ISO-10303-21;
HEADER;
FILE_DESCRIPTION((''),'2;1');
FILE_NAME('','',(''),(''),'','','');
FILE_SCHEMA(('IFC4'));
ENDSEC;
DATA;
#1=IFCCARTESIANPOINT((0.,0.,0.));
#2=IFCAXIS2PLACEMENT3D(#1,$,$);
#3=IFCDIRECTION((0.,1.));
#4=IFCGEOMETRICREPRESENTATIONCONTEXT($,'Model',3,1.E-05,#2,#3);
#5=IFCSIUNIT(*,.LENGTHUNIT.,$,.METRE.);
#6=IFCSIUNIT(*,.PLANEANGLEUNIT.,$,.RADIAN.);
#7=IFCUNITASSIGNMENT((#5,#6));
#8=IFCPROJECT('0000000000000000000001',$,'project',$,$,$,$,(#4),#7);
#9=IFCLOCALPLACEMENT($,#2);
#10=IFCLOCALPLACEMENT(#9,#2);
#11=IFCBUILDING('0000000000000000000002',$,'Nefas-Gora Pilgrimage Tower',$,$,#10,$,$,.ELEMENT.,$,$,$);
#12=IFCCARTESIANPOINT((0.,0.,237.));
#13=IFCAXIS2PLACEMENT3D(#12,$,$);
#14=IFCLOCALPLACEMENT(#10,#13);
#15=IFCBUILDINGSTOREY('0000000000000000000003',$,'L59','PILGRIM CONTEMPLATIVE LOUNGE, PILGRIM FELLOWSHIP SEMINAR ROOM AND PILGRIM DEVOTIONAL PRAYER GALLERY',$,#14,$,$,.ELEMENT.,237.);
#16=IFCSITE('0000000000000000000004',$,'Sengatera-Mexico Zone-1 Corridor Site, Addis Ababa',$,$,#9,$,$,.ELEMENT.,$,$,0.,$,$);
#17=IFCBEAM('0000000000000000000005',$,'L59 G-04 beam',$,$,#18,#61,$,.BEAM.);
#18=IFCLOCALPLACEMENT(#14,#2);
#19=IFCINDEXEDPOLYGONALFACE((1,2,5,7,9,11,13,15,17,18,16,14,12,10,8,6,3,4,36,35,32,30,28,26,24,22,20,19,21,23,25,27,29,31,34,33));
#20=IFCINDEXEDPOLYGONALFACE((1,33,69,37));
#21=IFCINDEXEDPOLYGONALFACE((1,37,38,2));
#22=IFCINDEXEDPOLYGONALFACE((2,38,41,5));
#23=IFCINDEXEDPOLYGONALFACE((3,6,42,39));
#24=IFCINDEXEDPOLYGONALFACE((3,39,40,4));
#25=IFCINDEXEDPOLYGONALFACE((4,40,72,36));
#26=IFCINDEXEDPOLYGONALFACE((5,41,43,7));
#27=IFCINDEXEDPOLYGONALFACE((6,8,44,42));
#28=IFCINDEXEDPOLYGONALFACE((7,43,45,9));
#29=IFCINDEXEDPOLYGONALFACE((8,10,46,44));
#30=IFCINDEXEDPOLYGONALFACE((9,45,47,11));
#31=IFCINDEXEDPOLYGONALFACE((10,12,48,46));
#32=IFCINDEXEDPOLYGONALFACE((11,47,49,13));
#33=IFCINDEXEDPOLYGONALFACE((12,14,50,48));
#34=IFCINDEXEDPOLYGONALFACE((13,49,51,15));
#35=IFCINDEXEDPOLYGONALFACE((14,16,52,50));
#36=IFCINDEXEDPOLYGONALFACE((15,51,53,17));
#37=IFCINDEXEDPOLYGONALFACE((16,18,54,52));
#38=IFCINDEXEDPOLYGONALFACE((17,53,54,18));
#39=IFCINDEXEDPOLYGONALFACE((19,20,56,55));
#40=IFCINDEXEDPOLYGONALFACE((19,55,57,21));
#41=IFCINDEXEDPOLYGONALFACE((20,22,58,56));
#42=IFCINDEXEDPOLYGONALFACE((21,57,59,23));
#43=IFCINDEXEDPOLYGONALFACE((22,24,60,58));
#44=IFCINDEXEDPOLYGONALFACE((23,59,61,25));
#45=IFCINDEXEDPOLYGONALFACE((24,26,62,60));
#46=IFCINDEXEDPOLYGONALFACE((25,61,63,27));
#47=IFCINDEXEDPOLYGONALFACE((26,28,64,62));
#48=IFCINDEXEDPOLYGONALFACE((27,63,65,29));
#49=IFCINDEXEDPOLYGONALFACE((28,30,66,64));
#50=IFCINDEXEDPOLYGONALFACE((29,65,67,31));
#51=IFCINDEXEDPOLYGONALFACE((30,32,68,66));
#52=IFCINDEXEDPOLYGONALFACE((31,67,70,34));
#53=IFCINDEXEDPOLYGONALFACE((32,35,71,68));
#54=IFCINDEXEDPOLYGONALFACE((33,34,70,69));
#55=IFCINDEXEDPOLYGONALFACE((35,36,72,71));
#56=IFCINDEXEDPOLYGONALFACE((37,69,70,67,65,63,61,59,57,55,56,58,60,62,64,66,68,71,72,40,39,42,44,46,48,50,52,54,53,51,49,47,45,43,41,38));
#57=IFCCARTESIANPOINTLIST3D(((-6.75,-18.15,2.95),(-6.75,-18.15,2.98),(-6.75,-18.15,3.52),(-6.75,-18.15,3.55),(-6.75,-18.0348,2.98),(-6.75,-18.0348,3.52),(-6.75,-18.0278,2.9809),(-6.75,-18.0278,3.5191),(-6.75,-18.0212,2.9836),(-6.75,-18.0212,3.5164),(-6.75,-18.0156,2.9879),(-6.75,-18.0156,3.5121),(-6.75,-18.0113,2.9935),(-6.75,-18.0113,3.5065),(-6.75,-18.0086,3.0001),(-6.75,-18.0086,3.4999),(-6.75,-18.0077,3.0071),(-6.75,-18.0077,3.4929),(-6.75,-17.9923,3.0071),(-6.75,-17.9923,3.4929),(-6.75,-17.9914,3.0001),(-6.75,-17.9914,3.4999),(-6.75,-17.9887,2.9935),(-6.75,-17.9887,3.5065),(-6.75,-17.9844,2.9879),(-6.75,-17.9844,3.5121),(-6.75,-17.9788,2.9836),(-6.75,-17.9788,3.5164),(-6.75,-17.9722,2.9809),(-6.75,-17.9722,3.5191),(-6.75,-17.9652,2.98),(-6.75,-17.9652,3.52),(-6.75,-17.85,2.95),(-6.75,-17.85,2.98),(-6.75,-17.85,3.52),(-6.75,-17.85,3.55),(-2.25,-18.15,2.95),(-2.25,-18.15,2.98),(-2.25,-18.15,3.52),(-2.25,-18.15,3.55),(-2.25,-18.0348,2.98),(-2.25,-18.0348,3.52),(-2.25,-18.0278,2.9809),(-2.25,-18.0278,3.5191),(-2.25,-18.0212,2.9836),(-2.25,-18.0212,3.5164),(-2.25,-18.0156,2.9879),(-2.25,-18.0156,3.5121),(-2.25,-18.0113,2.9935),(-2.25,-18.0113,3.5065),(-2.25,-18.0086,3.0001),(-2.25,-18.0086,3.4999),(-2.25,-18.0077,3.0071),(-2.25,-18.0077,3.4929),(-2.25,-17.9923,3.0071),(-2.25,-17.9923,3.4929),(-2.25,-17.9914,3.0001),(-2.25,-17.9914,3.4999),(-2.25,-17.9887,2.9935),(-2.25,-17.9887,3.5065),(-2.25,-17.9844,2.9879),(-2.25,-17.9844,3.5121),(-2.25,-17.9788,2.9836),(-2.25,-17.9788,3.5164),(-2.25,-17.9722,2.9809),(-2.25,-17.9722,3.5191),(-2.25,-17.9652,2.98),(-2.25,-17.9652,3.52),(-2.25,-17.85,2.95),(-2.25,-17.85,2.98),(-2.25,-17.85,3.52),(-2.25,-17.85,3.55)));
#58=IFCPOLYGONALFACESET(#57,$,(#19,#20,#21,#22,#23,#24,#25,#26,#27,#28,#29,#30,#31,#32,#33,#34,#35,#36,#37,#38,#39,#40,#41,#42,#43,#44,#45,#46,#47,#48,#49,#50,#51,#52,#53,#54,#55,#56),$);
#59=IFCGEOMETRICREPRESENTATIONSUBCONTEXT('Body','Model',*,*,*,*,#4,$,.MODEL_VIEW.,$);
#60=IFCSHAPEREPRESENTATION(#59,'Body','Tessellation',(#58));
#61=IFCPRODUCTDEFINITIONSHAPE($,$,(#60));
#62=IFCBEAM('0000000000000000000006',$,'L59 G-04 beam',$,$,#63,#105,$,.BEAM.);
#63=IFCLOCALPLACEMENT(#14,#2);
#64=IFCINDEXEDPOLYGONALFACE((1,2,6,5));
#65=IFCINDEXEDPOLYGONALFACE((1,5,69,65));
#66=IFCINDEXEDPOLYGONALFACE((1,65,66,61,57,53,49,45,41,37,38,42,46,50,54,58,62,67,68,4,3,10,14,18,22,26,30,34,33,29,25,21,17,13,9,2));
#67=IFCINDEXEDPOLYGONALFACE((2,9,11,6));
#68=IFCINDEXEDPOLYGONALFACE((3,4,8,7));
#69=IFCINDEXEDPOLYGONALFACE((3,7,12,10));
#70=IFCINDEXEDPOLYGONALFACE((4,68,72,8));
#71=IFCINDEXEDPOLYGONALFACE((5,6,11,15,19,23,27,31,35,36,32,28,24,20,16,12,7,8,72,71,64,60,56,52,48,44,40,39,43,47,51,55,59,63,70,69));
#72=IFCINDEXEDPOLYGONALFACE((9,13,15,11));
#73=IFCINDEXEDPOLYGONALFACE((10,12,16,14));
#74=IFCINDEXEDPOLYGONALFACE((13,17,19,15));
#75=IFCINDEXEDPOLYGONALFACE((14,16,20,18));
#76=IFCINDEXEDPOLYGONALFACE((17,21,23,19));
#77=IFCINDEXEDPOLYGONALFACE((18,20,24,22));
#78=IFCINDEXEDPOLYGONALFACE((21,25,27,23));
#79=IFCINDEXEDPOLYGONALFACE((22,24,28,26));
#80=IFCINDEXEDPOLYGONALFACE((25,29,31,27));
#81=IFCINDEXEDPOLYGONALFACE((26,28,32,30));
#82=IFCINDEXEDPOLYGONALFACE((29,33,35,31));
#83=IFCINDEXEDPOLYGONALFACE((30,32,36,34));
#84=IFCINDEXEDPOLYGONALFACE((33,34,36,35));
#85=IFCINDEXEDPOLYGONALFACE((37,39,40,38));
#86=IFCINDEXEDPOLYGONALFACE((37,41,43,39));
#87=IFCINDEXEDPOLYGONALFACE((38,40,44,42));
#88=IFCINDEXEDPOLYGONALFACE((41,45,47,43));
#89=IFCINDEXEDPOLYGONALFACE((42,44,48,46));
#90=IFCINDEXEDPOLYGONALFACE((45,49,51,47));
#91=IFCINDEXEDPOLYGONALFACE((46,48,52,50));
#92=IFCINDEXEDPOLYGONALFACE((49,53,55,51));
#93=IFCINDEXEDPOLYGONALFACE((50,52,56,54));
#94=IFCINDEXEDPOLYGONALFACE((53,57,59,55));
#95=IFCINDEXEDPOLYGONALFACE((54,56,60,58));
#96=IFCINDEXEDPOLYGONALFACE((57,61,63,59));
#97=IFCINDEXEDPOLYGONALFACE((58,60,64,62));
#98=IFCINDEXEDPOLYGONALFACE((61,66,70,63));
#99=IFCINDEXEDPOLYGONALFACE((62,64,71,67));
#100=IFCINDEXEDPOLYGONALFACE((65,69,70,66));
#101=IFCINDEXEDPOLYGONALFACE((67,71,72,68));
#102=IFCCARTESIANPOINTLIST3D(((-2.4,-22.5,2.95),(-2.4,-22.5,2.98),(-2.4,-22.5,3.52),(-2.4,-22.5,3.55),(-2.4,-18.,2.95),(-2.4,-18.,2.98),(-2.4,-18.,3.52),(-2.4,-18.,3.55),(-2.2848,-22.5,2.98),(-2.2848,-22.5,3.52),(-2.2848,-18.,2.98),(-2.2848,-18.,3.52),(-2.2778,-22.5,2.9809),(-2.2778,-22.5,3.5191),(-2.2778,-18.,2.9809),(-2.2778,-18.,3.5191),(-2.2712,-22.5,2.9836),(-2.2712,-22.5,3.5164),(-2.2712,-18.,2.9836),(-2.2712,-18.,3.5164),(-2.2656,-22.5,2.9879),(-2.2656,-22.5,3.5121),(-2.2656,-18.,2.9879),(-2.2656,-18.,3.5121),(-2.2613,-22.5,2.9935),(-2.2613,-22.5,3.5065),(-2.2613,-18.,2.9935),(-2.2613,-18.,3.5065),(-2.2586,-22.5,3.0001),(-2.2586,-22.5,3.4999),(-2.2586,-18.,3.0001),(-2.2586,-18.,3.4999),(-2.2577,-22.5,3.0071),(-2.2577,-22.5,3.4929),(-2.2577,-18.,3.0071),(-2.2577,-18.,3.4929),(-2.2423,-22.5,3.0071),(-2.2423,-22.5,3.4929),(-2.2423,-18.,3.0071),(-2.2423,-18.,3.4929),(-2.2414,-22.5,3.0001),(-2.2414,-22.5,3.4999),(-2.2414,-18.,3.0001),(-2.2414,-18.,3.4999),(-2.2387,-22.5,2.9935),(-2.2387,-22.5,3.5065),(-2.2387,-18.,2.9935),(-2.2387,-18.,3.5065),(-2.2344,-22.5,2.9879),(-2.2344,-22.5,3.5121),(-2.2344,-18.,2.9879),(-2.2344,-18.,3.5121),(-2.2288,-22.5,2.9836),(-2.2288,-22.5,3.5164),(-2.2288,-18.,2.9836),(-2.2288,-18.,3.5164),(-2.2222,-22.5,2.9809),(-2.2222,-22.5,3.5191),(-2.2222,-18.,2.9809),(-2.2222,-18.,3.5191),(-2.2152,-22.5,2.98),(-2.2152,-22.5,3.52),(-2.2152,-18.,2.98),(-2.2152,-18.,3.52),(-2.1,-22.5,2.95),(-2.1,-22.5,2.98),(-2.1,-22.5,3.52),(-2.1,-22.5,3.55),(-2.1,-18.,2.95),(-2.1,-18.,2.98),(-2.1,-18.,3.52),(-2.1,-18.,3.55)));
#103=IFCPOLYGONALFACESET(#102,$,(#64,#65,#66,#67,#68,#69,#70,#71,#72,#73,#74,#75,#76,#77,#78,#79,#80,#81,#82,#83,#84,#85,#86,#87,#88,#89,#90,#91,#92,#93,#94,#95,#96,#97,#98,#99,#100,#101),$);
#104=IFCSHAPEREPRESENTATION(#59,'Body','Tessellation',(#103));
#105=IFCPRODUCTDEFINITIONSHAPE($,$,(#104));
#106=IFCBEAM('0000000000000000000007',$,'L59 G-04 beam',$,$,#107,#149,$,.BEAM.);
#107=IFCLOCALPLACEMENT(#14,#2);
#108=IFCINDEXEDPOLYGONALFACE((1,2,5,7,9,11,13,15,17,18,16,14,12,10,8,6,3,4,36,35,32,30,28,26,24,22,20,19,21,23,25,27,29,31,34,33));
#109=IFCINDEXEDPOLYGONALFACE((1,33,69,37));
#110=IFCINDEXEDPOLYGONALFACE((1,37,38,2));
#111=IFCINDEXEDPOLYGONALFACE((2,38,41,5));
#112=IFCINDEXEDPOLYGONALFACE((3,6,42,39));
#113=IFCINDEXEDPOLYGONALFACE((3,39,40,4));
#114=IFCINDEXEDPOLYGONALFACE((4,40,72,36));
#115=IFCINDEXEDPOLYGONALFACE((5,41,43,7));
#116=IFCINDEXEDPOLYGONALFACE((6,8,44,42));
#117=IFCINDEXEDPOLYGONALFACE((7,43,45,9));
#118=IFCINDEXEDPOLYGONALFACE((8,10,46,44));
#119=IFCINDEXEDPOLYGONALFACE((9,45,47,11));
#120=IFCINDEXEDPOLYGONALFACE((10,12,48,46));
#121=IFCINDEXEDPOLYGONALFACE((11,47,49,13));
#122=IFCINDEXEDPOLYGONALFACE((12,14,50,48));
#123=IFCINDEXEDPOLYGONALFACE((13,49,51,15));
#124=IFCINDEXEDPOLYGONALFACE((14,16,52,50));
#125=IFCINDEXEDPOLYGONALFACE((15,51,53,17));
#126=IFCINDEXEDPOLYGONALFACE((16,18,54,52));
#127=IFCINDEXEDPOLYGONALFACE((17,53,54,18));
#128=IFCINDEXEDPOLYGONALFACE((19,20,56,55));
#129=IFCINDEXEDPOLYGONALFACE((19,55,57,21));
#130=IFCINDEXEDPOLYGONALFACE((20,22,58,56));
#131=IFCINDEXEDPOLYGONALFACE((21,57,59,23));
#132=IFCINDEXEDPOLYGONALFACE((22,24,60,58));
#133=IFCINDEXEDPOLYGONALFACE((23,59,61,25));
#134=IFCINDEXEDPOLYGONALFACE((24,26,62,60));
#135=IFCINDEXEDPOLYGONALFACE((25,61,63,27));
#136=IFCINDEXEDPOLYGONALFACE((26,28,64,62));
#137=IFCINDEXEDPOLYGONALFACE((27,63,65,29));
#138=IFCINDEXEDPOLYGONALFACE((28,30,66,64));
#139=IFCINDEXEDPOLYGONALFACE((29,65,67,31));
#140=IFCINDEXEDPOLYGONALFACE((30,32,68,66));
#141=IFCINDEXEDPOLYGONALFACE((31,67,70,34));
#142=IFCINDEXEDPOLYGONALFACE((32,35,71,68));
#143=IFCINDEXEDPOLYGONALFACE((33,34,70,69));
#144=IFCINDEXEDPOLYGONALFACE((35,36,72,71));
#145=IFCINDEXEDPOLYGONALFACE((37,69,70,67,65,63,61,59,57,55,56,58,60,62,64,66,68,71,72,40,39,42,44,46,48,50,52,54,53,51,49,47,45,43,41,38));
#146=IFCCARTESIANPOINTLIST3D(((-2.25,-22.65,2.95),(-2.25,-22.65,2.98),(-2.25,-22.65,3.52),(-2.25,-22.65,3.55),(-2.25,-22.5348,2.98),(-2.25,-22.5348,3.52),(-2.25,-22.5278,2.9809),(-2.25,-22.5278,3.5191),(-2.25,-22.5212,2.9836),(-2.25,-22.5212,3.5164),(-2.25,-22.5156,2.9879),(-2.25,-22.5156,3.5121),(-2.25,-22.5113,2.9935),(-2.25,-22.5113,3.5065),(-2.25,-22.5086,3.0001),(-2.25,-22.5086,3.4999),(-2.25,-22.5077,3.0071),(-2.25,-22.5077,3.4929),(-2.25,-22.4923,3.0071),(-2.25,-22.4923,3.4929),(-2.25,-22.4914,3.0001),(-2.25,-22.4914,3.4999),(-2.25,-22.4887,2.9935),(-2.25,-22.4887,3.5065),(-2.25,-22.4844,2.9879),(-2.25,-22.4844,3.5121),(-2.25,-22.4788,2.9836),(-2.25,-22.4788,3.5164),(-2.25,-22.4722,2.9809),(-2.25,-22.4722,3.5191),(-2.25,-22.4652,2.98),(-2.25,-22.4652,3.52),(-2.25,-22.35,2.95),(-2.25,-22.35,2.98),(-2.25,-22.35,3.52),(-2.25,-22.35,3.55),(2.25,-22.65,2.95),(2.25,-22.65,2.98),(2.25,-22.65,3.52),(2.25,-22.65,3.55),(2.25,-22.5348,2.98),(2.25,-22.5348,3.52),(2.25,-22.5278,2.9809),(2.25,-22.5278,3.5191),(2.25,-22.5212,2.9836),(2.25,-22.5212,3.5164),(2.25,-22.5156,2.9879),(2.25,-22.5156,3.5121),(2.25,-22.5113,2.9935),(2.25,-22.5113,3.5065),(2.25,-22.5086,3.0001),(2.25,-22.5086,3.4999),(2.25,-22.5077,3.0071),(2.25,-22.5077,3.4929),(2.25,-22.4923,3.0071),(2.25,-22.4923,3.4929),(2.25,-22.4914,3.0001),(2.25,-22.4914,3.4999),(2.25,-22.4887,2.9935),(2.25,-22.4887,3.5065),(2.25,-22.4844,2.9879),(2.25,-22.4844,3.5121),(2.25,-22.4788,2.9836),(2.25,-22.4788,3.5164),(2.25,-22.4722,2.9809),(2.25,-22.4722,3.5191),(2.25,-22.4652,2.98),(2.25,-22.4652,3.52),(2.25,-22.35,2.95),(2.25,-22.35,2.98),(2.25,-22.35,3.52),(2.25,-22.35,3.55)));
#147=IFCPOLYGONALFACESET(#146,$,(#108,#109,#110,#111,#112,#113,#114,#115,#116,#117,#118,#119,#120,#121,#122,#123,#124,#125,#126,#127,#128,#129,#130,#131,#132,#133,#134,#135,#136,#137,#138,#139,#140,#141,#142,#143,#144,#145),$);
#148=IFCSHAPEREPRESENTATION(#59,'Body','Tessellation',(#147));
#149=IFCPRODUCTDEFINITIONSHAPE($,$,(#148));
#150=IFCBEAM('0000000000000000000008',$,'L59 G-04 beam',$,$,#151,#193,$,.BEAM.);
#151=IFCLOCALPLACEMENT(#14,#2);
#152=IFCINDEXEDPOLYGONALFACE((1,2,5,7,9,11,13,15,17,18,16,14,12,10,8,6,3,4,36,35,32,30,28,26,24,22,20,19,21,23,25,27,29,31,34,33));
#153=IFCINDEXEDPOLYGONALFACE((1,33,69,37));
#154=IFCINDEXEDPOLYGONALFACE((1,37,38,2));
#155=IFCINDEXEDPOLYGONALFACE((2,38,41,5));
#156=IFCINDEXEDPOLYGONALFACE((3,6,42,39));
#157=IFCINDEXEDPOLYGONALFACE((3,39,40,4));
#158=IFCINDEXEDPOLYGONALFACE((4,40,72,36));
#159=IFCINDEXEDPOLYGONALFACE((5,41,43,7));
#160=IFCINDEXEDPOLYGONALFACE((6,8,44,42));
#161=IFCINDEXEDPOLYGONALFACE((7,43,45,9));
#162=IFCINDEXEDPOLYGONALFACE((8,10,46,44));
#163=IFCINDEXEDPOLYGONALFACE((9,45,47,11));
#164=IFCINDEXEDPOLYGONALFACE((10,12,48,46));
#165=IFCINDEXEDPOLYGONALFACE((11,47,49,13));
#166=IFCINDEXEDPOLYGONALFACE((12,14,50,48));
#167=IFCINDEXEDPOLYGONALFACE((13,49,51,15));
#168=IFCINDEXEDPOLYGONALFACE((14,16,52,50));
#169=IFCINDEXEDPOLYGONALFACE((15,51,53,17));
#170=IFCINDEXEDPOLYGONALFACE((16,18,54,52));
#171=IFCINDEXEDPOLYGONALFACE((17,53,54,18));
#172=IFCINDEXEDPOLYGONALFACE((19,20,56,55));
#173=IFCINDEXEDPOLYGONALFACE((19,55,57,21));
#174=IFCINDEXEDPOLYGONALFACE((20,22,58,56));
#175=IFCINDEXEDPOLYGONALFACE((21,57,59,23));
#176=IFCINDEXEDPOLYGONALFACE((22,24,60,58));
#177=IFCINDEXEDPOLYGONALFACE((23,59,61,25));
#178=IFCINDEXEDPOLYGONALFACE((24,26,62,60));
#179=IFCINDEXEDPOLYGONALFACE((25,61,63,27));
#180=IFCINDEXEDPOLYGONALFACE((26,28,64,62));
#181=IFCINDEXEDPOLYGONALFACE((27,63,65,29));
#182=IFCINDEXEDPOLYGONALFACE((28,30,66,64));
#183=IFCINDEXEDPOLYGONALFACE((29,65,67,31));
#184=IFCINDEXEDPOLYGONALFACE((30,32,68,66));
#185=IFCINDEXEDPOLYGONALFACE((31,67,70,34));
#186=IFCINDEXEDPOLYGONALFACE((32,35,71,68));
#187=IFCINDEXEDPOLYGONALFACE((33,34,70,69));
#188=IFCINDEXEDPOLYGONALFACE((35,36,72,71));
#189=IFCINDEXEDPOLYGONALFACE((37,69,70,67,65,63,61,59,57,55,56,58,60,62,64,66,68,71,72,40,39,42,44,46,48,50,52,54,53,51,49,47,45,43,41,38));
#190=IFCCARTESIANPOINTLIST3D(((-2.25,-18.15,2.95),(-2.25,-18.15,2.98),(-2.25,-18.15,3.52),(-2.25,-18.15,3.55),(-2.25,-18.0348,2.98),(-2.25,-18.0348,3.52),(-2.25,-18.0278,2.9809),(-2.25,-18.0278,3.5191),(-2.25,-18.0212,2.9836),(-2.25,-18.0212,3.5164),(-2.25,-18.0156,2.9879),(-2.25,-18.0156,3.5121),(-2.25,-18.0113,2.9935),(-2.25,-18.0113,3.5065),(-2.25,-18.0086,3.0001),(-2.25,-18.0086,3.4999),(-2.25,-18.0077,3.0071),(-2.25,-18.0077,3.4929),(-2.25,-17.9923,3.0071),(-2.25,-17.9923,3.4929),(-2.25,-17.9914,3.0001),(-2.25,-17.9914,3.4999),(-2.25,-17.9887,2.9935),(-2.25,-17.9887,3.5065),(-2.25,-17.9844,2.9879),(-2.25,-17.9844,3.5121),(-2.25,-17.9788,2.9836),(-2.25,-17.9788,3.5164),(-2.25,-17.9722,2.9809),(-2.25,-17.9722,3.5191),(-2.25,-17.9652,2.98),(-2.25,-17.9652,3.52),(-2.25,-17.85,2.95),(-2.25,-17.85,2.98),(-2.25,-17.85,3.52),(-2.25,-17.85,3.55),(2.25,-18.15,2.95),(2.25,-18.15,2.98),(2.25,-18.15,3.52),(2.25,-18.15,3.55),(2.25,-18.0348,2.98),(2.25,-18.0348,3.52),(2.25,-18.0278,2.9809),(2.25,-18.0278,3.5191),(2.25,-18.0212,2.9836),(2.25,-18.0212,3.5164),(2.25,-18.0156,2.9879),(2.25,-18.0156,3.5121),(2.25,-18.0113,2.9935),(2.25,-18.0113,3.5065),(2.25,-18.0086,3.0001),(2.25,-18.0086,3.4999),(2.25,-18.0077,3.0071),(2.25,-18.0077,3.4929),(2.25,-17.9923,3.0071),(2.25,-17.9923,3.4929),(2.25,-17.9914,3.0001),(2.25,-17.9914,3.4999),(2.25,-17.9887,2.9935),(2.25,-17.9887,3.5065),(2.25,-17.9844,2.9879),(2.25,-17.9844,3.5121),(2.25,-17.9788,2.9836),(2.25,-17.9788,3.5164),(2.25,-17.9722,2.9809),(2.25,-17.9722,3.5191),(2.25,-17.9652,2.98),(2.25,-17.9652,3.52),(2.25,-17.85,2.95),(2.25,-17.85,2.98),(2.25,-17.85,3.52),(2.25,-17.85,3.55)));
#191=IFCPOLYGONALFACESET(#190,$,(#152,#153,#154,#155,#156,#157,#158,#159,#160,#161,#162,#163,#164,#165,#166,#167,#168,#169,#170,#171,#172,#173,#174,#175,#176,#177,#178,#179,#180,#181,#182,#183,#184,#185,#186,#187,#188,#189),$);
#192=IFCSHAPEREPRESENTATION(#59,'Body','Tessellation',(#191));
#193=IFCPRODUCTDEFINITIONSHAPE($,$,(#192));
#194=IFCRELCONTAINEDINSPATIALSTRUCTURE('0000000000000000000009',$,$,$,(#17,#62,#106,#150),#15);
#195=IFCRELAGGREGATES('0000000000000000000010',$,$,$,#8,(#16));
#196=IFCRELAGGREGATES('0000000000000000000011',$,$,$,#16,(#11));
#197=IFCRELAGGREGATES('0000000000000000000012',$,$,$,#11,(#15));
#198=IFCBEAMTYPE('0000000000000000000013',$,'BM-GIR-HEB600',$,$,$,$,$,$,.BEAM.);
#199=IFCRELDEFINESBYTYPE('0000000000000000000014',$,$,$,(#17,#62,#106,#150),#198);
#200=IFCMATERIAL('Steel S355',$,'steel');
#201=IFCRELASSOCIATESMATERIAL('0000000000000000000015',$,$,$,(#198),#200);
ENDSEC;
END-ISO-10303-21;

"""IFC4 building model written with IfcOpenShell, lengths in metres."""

from ifc_helpers import new_model, si_unit, direction, frame, origin, origin_2d, place, context, subcontext, project, spatial, i_section, extrude, source, transform, mapped, material, material_profile, profile_set, type_object, element, save


model = new_model("IFC4")

# Units and contexts
model_context = context("Model", 3, precision=1e-05, world=origin(), true_north=direction((0.0, 1.0)))
body_context = subcontext(model_context, "Body", "Model", "MODEL_VIEW")
ifc_project = project(units=[si_unit("LENGTHUNIT", "METRE"), si_unit("PLANEANGLEUNIT", "RADIAN")], contexts=[model_context])

# Site, building, storey
site_placement = place(None, origin())
site = spatial("IfcSite", under=ifc_project, at=site_placement, Name="Sengatera-Mexico Zone-1 Corridor Site, Addis Ababa", CompositionType="ELEMENT", RefElevation=0.0)
building_placement = place(site_placement, origin())
building = spatial("IfcBuilding", under=site, at=building_placement, Name="Nefas-Gora Pilgrimage Tower", CompositionType="ELEMENT")
storey_placement = place(building_placement, frame((0.0, 0.0, 237.0)))
storey = spatial("IfcBuildingStorey", under=building, at=storey_placement, Name="L59", Description="PILGRIM CONTEMPLATIVE LOUNGE, PILGRIM FELLOWSHIP SEMINAR ROOM AND PILGRIM DEVOTIONAL PRAYER GALLERY", CompositionType="ELEMENT", Elevation=237.0)

# Beams
ifc_material_1 = material(Name="Steel S355", Category="steel")
ifc_material_profile_1 = material_profile(ifc_material_1, i_section(OverallWidth=0.3, OverallDepth=0.6001, WebThickness=0.0154, FlangeThickness=0.03, FilletRadius=0.0271, at=origin_2d()), Name="HEB 600")
ifc_profile_set_1 = profile_set([ifc_material_profile_1], Name="Steel S355")
beam_type = type_object("IfcBeamType", Name="BM-GIR-HEB600", PredefinedType="BEAM", material=ifc_profile_set_1)
shared_shape_1 = source(origin(), body_context, "Body", "SweptSolid", [
    extrude(i_section(OverallWidth=0.3, OverallDepth=0.6001, WebThickness=0.0154, FlangeThickness=0.03, FilletRadius=0.0271, at=origin_2d()), origin(), (0.0, 0.0, 1.0), 4.5),
])
for number, where, z_axis, x_axis, name in (
    (1, (-6.75, -18.0, 3.25), (1.0, 0.0, 0.0), (0.0, 1.0, 0.0), "L59 G-04 beam"),
    (2, (-2.25, -22.5, 3.25), (0.0, 1.0, 0.0), (-1.0, 0.0, 0.0), "L59 G-04 beam"),
    (3, (-2.25, -22.5, 3.25), (1.0, 0.0, 0.0), (0.0, 1.0, 0.0), "L59 G-04 beam"),
    (4, (-2.25, -18.0, 3.25), (1.0, 0.0, 0.0), (0.0, 1.0, 0.0), "L59 G-04 beam"),
):
    element("IfcBeam", number, at=place(storey_placement, frame(where, z_axis=z_axis, x_axis=x_axis)), inside=storey, type_object=beam_type, Name=name, PredefinedType="BEAM", context=body_context, shape_type="MappedRepresentation", body=[
        mapped(shared_shape_1, transform((0.0, 0.0, 0.0), x_axis=(1.0, 0.0, 0.0), y_axis=(0.0, 1.0, 0.0), z_axis=(0.0, 0.0, 1.0), scale=1.0)),
    ])

save(model, "model.ifc")
